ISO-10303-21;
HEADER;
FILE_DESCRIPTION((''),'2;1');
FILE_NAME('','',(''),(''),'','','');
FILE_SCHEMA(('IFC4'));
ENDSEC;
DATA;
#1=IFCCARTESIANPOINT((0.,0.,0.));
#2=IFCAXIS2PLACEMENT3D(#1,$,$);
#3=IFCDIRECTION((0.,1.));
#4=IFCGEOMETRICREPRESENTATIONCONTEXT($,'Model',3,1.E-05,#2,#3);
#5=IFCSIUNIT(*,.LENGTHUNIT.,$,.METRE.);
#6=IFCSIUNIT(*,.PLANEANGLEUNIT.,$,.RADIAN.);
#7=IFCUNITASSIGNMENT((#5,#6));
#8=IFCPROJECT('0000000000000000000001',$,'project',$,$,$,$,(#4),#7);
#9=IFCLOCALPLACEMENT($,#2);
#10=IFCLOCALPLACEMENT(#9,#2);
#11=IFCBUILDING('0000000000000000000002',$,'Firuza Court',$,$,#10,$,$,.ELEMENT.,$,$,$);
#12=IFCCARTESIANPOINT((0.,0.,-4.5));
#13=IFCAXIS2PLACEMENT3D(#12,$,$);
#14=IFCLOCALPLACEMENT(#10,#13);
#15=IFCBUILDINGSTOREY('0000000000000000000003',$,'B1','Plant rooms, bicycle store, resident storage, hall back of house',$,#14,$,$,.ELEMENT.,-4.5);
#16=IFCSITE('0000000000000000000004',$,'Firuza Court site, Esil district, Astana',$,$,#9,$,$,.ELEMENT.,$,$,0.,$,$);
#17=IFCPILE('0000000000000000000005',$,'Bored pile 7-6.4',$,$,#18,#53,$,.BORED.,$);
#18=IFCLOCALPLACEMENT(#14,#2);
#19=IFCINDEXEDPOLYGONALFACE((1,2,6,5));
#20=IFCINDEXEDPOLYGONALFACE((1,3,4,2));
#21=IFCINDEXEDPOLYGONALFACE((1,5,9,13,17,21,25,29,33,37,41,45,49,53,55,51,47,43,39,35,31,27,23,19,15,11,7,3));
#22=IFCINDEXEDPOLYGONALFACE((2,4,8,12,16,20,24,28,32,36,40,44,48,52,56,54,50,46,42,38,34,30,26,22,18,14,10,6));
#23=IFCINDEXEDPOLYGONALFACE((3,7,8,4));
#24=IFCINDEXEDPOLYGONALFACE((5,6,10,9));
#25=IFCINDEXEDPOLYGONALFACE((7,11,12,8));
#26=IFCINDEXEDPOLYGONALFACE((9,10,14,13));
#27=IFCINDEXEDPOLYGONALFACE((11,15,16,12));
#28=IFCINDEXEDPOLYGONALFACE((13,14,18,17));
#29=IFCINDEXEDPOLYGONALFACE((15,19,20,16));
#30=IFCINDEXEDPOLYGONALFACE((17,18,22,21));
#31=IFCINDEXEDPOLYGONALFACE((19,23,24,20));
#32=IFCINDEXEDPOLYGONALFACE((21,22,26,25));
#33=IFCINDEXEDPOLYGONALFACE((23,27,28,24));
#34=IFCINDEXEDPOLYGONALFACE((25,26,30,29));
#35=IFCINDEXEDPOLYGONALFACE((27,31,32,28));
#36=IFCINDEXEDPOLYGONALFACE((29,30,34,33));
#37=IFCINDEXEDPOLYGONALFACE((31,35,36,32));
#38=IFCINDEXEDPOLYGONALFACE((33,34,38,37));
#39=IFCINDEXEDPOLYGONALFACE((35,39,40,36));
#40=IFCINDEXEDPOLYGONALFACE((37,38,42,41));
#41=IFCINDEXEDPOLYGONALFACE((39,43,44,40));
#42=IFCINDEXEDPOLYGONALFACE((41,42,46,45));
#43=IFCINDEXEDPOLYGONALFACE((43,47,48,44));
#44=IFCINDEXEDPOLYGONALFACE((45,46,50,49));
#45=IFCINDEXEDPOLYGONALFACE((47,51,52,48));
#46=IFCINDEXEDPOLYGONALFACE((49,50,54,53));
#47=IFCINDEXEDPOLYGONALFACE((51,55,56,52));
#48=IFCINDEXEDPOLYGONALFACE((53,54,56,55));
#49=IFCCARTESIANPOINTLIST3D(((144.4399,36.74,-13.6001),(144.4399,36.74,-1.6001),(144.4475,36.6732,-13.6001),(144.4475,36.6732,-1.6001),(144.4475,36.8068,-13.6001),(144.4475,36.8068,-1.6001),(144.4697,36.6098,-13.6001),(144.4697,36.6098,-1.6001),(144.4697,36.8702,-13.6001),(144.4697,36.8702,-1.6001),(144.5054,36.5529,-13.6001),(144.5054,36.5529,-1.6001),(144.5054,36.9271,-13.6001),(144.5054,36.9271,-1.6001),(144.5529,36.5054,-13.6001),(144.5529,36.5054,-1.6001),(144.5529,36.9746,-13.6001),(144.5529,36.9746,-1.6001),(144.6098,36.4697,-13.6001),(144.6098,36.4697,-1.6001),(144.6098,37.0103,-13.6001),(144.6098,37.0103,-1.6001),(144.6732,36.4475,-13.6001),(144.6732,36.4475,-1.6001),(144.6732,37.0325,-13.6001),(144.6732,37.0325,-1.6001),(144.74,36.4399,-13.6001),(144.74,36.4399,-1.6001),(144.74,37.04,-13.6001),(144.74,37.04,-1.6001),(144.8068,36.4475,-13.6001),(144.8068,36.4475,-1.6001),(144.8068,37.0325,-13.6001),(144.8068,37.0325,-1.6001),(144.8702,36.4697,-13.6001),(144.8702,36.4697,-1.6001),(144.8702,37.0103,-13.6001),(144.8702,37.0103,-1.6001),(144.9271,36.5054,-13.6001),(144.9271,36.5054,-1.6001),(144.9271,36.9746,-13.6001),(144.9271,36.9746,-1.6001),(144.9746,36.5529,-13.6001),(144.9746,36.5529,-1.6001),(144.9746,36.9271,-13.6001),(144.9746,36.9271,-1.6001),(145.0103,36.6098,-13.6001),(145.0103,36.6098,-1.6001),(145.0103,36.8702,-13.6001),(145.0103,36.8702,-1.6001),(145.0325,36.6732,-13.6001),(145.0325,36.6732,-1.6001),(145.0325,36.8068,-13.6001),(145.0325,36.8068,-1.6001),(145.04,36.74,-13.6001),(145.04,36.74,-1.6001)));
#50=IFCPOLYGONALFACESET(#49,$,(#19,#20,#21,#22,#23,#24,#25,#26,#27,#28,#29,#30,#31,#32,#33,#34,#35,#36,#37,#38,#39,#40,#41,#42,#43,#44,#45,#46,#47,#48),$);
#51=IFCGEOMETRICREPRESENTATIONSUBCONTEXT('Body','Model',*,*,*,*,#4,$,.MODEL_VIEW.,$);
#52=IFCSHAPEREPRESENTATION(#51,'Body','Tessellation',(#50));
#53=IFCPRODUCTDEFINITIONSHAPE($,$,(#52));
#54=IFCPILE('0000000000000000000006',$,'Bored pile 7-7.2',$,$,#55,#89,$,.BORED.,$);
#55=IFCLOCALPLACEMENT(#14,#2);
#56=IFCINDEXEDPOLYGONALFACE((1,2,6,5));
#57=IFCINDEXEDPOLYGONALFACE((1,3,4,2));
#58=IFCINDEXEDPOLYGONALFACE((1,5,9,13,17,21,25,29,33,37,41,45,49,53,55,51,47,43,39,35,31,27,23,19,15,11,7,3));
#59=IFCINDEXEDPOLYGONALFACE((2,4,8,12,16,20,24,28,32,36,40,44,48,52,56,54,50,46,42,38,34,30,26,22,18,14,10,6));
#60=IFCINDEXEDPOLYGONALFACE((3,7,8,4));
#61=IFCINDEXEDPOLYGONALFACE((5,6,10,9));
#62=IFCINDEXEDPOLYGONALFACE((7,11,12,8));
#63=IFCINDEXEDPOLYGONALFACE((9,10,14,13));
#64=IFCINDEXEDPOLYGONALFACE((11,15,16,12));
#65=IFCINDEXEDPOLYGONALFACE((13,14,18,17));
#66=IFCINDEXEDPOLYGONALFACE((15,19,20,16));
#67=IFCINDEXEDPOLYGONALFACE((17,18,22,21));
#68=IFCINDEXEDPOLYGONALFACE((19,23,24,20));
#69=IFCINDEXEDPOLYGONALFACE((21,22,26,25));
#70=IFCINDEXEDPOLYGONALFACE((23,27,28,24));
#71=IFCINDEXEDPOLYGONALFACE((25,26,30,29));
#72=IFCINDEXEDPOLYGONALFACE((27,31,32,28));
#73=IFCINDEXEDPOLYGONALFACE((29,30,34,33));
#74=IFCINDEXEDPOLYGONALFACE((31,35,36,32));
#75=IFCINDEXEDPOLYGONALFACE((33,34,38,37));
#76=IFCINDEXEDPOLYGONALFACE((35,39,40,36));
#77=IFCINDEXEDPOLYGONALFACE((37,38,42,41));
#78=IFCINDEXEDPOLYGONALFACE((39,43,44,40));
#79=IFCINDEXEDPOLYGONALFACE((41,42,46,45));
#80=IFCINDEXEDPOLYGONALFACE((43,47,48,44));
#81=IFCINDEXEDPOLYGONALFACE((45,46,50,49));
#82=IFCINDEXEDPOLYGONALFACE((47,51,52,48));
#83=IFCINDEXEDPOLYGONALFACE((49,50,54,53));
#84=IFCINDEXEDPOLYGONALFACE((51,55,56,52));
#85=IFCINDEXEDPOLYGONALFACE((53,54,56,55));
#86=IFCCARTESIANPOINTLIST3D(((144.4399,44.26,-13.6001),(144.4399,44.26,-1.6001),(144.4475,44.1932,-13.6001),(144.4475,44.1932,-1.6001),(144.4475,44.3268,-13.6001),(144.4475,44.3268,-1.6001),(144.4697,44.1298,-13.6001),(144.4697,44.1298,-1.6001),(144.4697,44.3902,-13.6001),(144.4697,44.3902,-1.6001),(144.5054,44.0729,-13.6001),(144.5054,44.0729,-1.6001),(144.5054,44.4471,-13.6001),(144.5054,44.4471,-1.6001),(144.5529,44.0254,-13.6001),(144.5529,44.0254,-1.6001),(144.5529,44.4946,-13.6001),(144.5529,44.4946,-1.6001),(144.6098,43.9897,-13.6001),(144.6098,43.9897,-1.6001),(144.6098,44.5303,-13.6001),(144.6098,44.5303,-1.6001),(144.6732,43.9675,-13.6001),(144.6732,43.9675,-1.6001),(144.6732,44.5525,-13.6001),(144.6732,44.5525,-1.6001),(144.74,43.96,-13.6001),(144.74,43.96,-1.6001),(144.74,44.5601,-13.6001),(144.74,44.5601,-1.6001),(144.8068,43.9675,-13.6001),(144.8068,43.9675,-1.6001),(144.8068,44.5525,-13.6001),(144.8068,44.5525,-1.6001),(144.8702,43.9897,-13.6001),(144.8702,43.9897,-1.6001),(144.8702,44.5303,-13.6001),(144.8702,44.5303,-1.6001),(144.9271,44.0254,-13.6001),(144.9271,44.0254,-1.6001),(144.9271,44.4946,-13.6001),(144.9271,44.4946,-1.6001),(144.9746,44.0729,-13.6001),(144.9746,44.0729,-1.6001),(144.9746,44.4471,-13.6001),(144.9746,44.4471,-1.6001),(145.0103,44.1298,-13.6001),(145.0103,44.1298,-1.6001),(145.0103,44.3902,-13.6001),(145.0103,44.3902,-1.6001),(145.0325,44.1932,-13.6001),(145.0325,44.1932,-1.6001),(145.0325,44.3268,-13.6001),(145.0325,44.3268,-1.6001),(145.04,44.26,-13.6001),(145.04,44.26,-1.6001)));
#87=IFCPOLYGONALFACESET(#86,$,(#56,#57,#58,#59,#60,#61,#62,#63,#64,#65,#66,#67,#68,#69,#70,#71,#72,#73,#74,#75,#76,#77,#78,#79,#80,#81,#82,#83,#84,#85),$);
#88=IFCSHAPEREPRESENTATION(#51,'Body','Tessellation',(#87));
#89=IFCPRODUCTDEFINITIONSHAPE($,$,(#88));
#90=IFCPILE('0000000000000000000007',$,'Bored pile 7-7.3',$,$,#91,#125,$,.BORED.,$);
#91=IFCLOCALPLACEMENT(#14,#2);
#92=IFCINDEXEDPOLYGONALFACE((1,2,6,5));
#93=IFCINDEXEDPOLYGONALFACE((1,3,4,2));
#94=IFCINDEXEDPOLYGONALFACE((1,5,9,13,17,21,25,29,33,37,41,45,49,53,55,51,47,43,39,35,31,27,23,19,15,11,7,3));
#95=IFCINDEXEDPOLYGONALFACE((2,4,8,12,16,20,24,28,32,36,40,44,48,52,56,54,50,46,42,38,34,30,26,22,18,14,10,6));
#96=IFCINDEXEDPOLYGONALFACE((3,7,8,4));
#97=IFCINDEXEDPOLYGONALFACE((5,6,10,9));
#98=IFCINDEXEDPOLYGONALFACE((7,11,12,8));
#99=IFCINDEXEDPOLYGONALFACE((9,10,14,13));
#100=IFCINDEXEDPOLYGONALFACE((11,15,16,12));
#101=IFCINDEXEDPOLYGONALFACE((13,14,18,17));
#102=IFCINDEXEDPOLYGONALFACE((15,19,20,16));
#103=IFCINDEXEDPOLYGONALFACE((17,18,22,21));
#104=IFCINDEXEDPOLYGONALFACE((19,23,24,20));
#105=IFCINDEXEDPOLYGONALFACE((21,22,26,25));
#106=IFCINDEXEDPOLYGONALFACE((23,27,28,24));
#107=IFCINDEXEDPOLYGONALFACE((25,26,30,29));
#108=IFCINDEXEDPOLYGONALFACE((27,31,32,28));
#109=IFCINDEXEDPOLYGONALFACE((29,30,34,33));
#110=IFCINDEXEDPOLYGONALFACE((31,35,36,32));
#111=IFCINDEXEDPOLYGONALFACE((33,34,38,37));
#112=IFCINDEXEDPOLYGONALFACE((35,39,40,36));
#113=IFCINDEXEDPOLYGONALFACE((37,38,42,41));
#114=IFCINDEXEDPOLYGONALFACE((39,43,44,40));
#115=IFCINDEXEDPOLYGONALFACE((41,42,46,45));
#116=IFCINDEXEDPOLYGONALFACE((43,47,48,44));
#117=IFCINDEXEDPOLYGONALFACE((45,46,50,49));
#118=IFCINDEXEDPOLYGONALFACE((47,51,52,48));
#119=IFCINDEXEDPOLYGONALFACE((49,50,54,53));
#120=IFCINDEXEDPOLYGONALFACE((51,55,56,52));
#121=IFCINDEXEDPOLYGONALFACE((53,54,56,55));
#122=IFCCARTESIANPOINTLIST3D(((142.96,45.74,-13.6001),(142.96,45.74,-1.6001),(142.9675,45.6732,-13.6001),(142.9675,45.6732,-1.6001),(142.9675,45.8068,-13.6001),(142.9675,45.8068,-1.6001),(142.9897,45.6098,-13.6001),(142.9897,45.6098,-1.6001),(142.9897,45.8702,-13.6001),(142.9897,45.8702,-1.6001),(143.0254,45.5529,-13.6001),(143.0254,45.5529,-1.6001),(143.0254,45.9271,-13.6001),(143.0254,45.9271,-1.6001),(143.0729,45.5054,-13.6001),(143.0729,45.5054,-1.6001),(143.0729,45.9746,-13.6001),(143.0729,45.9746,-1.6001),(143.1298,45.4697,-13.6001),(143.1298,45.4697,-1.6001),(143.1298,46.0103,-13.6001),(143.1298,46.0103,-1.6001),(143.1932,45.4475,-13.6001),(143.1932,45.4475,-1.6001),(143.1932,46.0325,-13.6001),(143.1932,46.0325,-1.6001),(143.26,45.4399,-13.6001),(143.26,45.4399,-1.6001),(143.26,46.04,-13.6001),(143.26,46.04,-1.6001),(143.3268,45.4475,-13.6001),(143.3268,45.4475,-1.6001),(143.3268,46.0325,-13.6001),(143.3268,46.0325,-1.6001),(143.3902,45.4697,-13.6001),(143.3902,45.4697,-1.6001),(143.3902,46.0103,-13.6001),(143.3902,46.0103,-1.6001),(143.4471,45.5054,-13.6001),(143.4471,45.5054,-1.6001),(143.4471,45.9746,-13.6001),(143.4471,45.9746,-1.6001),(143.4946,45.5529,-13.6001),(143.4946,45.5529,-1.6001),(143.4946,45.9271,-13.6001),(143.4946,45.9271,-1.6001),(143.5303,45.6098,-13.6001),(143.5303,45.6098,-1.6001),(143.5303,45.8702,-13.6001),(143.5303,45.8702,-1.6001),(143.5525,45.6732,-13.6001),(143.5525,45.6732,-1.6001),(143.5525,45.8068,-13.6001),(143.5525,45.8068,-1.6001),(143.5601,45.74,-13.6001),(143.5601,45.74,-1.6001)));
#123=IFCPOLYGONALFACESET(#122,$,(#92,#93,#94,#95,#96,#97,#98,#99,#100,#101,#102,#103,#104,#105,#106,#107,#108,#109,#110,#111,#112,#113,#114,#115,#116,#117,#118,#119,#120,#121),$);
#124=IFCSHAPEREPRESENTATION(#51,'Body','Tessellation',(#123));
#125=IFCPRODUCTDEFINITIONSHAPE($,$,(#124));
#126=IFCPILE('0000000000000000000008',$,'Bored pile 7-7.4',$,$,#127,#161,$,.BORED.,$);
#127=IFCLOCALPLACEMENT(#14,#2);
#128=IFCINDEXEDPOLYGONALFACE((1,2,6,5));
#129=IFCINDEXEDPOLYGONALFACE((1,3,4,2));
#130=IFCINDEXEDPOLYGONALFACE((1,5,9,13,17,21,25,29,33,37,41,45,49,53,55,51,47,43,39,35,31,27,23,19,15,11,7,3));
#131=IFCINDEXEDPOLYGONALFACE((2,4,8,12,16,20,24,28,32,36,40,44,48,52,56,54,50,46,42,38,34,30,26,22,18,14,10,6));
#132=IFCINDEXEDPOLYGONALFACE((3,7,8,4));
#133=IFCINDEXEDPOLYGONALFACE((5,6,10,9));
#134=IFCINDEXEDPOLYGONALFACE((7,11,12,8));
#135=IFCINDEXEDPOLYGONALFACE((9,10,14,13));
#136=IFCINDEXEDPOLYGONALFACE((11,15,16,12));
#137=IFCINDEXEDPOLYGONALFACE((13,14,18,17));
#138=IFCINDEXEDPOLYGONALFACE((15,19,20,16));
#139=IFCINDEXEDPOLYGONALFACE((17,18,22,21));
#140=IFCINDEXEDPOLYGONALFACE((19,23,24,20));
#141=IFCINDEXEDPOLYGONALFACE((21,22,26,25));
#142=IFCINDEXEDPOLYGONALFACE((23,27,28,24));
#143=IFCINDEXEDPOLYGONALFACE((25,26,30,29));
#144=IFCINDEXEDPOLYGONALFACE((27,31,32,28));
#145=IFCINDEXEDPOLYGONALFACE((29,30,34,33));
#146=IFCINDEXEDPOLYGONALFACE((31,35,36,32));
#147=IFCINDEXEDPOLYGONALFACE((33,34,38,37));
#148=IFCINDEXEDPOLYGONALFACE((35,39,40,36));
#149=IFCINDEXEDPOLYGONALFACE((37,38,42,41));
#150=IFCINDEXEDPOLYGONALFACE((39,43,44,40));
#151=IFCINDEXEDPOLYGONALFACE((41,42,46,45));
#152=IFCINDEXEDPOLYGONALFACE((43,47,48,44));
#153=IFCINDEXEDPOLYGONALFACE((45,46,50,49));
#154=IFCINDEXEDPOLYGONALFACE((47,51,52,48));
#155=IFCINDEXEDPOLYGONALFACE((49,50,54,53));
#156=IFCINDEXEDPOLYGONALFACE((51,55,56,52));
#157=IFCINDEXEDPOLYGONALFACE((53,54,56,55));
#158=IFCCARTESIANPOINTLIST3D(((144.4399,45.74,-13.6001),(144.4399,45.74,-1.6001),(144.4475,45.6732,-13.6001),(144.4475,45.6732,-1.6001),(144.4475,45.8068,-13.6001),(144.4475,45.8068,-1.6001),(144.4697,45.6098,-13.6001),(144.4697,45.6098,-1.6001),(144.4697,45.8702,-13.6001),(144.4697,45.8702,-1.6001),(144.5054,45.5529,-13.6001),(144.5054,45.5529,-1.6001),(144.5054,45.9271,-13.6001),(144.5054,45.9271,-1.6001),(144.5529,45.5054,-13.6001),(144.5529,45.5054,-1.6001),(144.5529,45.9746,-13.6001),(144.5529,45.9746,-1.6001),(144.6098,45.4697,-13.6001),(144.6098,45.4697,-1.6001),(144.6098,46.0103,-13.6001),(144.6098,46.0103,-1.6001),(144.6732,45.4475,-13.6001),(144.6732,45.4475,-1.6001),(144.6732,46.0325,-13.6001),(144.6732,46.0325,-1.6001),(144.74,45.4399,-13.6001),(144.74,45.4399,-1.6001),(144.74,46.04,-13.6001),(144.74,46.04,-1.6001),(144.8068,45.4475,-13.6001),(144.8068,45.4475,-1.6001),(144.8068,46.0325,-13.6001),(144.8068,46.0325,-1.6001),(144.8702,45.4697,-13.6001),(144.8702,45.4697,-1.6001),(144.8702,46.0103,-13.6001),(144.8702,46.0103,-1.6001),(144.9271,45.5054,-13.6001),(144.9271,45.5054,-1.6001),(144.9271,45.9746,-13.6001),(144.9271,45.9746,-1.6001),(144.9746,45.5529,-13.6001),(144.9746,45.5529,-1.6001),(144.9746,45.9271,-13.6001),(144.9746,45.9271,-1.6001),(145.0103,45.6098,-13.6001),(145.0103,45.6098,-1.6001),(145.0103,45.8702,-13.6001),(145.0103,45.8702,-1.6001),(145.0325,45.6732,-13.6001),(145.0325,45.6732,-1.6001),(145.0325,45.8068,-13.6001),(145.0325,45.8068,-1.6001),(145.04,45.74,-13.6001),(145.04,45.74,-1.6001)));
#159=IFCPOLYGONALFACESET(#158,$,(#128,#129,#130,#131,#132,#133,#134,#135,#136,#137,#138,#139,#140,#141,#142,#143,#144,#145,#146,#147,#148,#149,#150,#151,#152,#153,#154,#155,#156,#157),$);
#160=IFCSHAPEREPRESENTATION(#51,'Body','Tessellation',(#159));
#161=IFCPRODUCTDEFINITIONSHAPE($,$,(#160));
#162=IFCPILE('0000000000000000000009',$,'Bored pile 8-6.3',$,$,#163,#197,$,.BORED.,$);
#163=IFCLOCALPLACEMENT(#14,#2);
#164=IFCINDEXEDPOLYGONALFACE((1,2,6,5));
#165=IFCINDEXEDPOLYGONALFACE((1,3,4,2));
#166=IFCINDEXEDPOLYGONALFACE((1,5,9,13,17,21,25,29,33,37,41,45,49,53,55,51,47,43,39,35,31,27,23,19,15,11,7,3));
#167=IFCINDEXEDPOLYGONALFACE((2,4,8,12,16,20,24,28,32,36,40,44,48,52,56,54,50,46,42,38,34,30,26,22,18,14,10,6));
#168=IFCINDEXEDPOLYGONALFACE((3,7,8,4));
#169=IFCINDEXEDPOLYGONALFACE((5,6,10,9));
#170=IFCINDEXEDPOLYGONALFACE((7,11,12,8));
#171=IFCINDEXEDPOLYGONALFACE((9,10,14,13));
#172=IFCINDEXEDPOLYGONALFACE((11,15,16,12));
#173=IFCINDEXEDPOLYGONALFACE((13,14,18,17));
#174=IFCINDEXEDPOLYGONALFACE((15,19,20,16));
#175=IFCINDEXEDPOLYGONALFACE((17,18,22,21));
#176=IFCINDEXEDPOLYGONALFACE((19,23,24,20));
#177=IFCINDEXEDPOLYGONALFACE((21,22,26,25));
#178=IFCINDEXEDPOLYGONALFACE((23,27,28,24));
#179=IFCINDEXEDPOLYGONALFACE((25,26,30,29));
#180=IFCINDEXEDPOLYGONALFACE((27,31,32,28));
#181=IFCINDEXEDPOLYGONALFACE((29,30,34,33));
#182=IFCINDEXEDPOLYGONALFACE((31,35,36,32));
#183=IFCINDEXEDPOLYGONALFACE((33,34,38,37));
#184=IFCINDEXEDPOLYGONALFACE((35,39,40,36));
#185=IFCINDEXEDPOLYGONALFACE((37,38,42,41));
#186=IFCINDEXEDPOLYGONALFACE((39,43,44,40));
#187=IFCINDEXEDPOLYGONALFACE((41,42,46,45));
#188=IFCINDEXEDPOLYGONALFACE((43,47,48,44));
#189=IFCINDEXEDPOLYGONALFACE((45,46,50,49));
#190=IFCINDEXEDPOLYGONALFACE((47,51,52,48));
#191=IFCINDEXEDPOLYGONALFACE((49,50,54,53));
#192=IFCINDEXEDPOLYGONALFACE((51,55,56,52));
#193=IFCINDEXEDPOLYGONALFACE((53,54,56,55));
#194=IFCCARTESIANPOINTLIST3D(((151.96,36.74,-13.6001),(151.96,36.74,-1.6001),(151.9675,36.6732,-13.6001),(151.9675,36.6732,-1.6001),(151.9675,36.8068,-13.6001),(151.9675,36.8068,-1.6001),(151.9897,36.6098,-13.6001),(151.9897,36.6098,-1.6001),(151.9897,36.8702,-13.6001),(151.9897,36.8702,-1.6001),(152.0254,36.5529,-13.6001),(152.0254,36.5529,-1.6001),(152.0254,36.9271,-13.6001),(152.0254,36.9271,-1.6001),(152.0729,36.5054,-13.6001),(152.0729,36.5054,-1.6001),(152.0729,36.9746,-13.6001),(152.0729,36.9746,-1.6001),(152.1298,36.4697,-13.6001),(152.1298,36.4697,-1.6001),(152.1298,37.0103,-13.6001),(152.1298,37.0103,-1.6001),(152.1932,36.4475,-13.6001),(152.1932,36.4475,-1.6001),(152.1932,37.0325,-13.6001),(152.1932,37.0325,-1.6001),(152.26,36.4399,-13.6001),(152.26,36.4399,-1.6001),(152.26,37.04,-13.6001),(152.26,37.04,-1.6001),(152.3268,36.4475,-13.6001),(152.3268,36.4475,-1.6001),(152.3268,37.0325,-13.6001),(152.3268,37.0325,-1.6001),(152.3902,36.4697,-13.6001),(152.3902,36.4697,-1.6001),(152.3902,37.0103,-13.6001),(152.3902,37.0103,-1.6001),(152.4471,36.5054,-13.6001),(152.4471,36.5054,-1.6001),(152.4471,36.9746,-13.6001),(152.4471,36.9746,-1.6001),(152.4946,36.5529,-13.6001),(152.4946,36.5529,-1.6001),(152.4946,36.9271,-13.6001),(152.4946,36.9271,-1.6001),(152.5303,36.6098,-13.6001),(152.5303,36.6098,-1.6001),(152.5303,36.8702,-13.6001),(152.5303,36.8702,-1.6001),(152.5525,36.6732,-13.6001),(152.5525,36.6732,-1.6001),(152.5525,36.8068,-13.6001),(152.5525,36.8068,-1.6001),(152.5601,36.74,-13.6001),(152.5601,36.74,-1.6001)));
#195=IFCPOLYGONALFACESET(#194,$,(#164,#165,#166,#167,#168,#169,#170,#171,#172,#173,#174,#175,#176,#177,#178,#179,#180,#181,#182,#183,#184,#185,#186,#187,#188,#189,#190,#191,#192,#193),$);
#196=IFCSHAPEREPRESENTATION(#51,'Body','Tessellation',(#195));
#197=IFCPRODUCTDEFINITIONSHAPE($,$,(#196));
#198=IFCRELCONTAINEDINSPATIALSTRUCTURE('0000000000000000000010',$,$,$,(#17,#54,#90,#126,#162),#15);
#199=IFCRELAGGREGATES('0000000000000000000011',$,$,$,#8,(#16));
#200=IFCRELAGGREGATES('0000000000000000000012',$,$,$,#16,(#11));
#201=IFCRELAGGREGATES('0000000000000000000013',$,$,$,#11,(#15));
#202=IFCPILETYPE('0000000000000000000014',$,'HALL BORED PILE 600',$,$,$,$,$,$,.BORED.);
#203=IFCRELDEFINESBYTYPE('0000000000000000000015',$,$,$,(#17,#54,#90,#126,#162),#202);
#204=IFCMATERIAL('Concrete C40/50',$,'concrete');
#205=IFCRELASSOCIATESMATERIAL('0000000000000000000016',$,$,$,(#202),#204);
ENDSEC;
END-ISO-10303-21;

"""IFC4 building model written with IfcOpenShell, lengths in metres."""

from ifc_helpers import new_model, si_unit, direction, frame, origin, origin_2d, place, context, subcontext, project, spatial, circle, extrude, material, material_profile, profile_set, type_object, element, save


model = new_model("IFC4")

# Units and contexts
model_context = context("Model", 3, precision=1e-05, world=origin(), true_north=direction((0.0, 1.0)))
body_context = subcontext(model_context, "Body", "Model", "MODEL_VIEW")
ifc_project = project(units=[si_unit("LENGTHUNIT", "METRE"), si_unit("PLANEANGLEUNIT", "RADIAN")], contexts=[model_context])

# Site, building, storey
site_placement = place(None, origin())
site = spatial("IfcSite", under=ifc_project, at=site_placement, Name="Firuza Court site, Esil district, Astana", CompositionType="ELEMENT", RefElevation=0.0)
building_placement = place(site_placement, origin())
building = spatial("IfcBuilding", under=site, at=building_placement, Name="Firuza Court", CompositionType="ELEMENT")
storey_placement = place(building_placement, frame((0.0, 0.0, -4.5)))
storey = spatial("IfcBuildingStorey", under=building, at=storey_placement, Name="B1", Description="Plant rooms, bicycle store, resident storage, hall back of house", CompositionType="ELEMENT", Elevation=-4.5)

# Piles
ifc_material_1 = material(Name="Concrete C40/50", Category="concrete")
ifc_material_profile_1 = material_profile(ifc_material_1, circle(Radius=0.3, at=origin_2d()), Name="PILE 600")
ifc_profile_set_1 = profile_set([ifc_material_profile_1], Name="Concrete C40/50")
pile_type = type_object("IfcPileType", Name="HALL BORED PILE 600", PredefinedType="BORED", material=ifc_profile_set_1)
for number, where, z_axis, x_axis, name in (
    (1, (144.74, 36.74, -1.6001), (0.0, 0.0, -1.0), (1.0, 0.0, 0.0), "Bored pile 7-6.4"),
    (2, (144.74, 44.26, -1.6001), (0.0, 0.0, -1.0), (1.0, 0.0, 0.0), "Bored pile 7-7.2"),
    (3, (143.26, 45.74, -1.6001), (0.0, 0.0, -1.0), (1.0, 0.0, 0.0), "Bored pile 7-7.3"),
    (4, (144.74, 45.74, -1.6001), (0.0, 0.0, -1.0), (1.0, 0.0, 0.0), "Bored pile 7-7.4"),
    (5, (152.26, 36.74, -1.6001), (0.0, 0.0, -1.0), (1.0, 0.0, 0.0), "Bored pile 8-6.3"),
):
    element("IfcPile", number, at=place(storey_placement, frame(where, z_axis=z_axis, x_axis=x_axis)), inside=storey, type_object=pile_type, Name=name, PredefinedType="BORED", context=body_context, shape_type="SweptSolid", body=[
        extrude(circle(Radius=0.3, at=origin_2d()), origin(), (0.0, 0.0, 1.0), 12.0),
    ])

save(model, "model.ifc")
